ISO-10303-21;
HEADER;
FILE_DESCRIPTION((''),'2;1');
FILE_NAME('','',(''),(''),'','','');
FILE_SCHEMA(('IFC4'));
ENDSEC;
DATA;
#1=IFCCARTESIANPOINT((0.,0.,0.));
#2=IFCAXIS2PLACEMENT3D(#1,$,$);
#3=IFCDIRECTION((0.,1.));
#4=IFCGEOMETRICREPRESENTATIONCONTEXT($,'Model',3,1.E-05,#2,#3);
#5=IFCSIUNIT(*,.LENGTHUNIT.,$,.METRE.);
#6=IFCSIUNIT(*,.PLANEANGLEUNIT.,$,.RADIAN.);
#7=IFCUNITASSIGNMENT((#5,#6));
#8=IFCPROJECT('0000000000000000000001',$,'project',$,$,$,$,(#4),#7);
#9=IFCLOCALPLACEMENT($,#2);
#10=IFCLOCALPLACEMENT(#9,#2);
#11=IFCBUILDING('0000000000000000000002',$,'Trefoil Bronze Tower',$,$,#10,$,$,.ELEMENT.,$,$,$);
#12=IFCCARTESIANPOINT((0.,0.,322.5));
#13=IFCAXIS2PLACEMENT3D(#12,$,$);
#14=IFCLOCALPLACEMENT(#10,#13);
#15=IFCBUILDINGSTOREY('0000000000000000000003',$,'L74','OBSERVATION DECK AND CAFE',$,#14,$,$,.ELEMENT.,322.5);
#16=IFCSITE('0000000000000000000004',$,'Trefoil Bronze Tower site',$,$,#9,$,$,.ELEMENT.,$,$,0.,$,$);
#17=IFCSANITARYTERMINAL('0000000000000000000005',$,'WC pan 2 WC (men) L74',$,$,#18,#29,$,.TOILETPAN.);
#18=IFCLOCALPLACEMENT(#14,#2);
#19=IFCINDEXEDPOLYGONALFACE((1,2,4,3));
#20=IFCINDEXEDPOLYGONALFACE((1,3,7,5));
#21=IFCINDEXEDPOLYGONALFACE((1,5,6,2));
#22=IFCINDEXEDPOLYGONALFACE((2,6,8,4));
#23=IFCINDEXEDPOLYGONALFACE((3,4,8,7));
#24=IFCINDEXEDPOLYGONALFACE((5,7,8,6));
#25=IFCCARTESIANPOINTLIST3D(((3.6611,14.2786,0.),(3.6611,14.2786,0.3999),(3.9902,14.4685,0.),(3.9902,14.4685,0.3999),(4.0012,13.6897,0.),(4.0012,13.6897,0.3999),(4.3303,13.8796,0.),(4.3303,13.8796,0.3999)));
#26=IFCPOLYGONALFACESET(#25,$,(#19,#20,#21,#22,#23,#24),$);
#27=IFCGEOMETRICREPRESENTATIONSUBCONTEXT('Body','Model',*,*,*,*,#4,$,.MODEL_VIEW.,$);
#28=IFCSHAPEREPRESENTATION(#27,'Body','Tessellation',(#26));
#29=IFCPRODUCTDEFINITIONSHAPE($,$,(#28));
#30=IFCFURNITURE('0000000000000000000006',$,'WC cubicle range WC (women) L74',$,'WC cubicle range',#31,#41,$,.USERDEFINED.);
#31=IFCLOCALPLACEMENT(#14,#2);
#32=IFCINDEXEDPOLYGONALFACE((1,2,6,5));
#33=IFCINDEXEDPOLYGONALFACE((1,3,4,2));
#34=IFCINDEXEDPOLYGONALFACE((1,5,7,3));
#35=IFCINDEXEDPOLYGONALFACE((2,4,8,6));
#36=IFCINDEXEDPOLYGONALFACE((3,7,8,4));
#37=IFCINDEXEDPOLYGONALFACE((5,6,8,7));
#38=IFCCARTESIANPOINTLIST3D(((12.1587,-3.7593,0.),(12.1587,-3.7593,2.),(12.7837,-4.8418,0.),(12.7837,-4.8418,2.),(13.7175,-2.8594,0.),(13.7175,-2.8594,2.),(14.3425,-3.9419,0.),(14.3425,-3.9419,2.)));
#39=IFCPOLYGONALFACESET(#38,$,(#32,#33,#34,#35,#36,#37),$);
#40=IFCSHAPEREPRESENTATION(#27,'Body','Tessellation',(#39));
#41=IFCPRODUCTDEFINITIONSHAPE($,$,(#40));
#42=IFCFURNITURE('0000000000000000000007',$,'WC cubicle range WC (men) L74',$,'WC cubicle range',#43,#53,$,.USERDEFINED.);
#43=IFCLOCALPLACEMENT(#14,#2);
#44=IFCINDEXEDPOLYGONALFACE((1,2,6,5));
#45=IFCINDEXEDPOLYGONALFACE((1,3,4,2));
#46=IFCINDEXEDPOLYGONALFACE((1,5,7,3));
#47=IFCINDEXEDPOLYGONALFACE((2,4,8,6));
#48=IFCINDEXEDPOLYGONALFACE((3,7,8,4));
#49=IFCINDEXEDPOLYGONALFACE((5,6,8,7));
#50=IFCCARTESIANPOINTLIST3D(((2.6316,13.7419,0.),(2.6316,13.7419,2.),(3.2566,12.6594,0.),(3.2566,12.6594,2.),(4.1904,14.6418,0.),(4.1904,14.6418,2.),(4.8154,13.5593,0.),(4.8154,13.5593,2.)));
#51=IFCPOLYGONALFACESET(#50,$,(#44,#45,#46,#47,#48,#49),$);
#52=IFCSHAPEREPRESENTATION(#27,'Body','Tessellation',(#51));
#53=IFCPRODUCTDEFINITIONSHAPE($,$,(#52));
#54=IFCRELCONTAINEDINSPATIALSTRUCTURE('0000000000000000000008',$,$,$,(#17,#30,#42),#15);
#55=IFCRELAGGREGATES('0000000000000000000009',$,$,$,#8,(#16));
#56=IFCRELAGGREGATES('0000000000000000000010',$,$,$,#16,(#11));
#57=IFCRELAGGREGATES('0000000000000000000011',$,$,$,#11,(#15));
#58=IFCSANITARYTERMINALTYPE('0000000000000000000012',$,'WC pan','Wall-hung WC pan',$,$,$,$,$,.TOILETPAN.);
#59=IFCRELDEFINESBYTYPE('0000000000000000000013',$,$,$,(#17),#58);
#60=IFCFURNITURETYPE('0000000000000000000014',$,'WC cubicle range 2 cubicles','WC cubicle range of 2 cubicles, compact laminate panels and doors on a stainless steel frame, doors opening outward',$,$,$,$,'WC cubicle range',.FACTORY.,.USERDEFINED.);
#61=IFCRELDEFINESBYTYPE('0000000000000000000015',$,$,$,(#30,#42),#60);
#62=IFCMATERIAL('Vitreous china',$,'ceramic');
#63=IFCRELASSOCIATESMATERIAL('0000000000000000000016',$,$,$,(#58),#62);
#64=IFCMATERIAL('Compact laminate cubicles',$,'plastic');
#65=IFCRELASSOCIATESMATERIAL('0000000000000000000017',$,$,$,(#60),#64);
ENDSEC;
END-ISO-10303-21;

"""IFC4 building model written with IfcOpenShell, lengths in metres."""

from ifc_helpers import new_model, si_unit, direction, frame, origin, place, context, subcontext, project, spatial, polyline, outline, extrude, material, type_object, element, save


model = new_model("IFC4")

# Units and contexts
model_context = context("Model", 3, precision=1e-05, world=origin(), true_north=direction((0.0, 1.0)))
body_context = subcontext(model_context, "Body", "Model", "MODEL_VIEW")
ifc_project = project(units=[si_unit("LENGTHUNIT", "METRE"), si_unit("PLANEANGLEUNIT", "RADIAN")], contexts=[model_context])

# Site, building, storey
site_placement = place(None, origin())
site = spatial("IfcSite", under=ifc_project, at=site_placement, Name="Trefoil Bronze Tower site", CompositionType="ELEMENT", RefElevation=0.0)
building_placement = place(site_placement, origin())
building = spatial("IfcBuilding", under=site, at=building_placement, Name="Trefoil Bronze Tower", CompositionType="ELEMENT")
storey_placement = place(building_placement, frame((0.0, 0.0, 322.5)))
storey = spatial("IfcBuildingStorey", under=building, at=storey_placement, Name="L74", Description="OBSERVATION DECK AND CAFE", CompositionType="ELEMENT", Elevation=322.5)

# Sanitary terminal
ifc_material_1 = material(Name="Vitreous china", Category="ceramic")
sanitary_terminal_type_1 = type_object("IfcSanitaryTerminalType", Name="WC pan", Description="Wall-hung WC pan", PredefinedType="TOILETPAN", material=ifc_material_1)
sanitary_terminal_1_placement = place(storey_placement, origin())
element("IfcSanitaryTerminal", 1, at=sanitary_terminal_1_placement, inside=storey, type_object=sanitary_terminal_type_1, Name="WC pan 2 WC (men) L74", PredefinedType="TOILETPAN", context=body_context, shape_type="SweptSolid", body=[
    extrude(outline(polyline([(4.0012, 13.6897), (3.6611, 14.2786), (3.9902, 14.4685), (4.3303, 13.8796), (4.0012, 13.6897)])), origin(), (0.0, 0.0, 1.0), 0.3999),
])

# Furniture
ifc_material_2 = material(Name="Compact laminate cubicles", Category="plastic")
furniture_type = type_object("IfcFurnitureType", Name="WC cubicle range 2 cubicles", Description="WC cubicle range of 2 cubicles, compact laminate panels and doors on a stainless steel frame, doors opening outward", ElementType="WC cubicle range", AssemblyPlace="FACTORY", PredefinedType="USERDEFINED", material=ifc_material_2)
furniture_1_placement = place(storey_placement, origin())
element("IfcFurniture", 2, at=furniture_1_placement, inside=storey, type_object=furniture_type, Name="WC cubicle range WC (women) L74", ObjectType="WC cubicle range", PredefinedType="USERDEFINED", context=body_context, shape_type="SweptSolid", body=[
    extrude(outline(polyline([(12.1587, -3.7593), (12.7837, -4.8418), (14.3425, -3.9419), (13.7175, -2.8594), (12.1587, -3.7593)])), origin(), (0.0, 0.0, 1.0), 2.0),
])
furniture_2_placement = place(storey_placement, origin())
element("IfcFurniture", 3, at=furniture_2_placement, inside=storey, type_object=furniture_type, Name="WC cubicle range WC (men) L74", ObjectType="WC cubicle range", PredefinedType="USERDEFINED", context=body_context, shape_type="SweptSolid", body=[
    extrude(outline(polyline([(3.2566, 12.6594), (2.6316, 13.7419), (4.1904, 14.6418), (4.8154, 13.5593), (3.2566, 12.6594)])), origin(), (0.0, 0.0, 1.0), 2.0),
])

save(model, "model.ifc")
